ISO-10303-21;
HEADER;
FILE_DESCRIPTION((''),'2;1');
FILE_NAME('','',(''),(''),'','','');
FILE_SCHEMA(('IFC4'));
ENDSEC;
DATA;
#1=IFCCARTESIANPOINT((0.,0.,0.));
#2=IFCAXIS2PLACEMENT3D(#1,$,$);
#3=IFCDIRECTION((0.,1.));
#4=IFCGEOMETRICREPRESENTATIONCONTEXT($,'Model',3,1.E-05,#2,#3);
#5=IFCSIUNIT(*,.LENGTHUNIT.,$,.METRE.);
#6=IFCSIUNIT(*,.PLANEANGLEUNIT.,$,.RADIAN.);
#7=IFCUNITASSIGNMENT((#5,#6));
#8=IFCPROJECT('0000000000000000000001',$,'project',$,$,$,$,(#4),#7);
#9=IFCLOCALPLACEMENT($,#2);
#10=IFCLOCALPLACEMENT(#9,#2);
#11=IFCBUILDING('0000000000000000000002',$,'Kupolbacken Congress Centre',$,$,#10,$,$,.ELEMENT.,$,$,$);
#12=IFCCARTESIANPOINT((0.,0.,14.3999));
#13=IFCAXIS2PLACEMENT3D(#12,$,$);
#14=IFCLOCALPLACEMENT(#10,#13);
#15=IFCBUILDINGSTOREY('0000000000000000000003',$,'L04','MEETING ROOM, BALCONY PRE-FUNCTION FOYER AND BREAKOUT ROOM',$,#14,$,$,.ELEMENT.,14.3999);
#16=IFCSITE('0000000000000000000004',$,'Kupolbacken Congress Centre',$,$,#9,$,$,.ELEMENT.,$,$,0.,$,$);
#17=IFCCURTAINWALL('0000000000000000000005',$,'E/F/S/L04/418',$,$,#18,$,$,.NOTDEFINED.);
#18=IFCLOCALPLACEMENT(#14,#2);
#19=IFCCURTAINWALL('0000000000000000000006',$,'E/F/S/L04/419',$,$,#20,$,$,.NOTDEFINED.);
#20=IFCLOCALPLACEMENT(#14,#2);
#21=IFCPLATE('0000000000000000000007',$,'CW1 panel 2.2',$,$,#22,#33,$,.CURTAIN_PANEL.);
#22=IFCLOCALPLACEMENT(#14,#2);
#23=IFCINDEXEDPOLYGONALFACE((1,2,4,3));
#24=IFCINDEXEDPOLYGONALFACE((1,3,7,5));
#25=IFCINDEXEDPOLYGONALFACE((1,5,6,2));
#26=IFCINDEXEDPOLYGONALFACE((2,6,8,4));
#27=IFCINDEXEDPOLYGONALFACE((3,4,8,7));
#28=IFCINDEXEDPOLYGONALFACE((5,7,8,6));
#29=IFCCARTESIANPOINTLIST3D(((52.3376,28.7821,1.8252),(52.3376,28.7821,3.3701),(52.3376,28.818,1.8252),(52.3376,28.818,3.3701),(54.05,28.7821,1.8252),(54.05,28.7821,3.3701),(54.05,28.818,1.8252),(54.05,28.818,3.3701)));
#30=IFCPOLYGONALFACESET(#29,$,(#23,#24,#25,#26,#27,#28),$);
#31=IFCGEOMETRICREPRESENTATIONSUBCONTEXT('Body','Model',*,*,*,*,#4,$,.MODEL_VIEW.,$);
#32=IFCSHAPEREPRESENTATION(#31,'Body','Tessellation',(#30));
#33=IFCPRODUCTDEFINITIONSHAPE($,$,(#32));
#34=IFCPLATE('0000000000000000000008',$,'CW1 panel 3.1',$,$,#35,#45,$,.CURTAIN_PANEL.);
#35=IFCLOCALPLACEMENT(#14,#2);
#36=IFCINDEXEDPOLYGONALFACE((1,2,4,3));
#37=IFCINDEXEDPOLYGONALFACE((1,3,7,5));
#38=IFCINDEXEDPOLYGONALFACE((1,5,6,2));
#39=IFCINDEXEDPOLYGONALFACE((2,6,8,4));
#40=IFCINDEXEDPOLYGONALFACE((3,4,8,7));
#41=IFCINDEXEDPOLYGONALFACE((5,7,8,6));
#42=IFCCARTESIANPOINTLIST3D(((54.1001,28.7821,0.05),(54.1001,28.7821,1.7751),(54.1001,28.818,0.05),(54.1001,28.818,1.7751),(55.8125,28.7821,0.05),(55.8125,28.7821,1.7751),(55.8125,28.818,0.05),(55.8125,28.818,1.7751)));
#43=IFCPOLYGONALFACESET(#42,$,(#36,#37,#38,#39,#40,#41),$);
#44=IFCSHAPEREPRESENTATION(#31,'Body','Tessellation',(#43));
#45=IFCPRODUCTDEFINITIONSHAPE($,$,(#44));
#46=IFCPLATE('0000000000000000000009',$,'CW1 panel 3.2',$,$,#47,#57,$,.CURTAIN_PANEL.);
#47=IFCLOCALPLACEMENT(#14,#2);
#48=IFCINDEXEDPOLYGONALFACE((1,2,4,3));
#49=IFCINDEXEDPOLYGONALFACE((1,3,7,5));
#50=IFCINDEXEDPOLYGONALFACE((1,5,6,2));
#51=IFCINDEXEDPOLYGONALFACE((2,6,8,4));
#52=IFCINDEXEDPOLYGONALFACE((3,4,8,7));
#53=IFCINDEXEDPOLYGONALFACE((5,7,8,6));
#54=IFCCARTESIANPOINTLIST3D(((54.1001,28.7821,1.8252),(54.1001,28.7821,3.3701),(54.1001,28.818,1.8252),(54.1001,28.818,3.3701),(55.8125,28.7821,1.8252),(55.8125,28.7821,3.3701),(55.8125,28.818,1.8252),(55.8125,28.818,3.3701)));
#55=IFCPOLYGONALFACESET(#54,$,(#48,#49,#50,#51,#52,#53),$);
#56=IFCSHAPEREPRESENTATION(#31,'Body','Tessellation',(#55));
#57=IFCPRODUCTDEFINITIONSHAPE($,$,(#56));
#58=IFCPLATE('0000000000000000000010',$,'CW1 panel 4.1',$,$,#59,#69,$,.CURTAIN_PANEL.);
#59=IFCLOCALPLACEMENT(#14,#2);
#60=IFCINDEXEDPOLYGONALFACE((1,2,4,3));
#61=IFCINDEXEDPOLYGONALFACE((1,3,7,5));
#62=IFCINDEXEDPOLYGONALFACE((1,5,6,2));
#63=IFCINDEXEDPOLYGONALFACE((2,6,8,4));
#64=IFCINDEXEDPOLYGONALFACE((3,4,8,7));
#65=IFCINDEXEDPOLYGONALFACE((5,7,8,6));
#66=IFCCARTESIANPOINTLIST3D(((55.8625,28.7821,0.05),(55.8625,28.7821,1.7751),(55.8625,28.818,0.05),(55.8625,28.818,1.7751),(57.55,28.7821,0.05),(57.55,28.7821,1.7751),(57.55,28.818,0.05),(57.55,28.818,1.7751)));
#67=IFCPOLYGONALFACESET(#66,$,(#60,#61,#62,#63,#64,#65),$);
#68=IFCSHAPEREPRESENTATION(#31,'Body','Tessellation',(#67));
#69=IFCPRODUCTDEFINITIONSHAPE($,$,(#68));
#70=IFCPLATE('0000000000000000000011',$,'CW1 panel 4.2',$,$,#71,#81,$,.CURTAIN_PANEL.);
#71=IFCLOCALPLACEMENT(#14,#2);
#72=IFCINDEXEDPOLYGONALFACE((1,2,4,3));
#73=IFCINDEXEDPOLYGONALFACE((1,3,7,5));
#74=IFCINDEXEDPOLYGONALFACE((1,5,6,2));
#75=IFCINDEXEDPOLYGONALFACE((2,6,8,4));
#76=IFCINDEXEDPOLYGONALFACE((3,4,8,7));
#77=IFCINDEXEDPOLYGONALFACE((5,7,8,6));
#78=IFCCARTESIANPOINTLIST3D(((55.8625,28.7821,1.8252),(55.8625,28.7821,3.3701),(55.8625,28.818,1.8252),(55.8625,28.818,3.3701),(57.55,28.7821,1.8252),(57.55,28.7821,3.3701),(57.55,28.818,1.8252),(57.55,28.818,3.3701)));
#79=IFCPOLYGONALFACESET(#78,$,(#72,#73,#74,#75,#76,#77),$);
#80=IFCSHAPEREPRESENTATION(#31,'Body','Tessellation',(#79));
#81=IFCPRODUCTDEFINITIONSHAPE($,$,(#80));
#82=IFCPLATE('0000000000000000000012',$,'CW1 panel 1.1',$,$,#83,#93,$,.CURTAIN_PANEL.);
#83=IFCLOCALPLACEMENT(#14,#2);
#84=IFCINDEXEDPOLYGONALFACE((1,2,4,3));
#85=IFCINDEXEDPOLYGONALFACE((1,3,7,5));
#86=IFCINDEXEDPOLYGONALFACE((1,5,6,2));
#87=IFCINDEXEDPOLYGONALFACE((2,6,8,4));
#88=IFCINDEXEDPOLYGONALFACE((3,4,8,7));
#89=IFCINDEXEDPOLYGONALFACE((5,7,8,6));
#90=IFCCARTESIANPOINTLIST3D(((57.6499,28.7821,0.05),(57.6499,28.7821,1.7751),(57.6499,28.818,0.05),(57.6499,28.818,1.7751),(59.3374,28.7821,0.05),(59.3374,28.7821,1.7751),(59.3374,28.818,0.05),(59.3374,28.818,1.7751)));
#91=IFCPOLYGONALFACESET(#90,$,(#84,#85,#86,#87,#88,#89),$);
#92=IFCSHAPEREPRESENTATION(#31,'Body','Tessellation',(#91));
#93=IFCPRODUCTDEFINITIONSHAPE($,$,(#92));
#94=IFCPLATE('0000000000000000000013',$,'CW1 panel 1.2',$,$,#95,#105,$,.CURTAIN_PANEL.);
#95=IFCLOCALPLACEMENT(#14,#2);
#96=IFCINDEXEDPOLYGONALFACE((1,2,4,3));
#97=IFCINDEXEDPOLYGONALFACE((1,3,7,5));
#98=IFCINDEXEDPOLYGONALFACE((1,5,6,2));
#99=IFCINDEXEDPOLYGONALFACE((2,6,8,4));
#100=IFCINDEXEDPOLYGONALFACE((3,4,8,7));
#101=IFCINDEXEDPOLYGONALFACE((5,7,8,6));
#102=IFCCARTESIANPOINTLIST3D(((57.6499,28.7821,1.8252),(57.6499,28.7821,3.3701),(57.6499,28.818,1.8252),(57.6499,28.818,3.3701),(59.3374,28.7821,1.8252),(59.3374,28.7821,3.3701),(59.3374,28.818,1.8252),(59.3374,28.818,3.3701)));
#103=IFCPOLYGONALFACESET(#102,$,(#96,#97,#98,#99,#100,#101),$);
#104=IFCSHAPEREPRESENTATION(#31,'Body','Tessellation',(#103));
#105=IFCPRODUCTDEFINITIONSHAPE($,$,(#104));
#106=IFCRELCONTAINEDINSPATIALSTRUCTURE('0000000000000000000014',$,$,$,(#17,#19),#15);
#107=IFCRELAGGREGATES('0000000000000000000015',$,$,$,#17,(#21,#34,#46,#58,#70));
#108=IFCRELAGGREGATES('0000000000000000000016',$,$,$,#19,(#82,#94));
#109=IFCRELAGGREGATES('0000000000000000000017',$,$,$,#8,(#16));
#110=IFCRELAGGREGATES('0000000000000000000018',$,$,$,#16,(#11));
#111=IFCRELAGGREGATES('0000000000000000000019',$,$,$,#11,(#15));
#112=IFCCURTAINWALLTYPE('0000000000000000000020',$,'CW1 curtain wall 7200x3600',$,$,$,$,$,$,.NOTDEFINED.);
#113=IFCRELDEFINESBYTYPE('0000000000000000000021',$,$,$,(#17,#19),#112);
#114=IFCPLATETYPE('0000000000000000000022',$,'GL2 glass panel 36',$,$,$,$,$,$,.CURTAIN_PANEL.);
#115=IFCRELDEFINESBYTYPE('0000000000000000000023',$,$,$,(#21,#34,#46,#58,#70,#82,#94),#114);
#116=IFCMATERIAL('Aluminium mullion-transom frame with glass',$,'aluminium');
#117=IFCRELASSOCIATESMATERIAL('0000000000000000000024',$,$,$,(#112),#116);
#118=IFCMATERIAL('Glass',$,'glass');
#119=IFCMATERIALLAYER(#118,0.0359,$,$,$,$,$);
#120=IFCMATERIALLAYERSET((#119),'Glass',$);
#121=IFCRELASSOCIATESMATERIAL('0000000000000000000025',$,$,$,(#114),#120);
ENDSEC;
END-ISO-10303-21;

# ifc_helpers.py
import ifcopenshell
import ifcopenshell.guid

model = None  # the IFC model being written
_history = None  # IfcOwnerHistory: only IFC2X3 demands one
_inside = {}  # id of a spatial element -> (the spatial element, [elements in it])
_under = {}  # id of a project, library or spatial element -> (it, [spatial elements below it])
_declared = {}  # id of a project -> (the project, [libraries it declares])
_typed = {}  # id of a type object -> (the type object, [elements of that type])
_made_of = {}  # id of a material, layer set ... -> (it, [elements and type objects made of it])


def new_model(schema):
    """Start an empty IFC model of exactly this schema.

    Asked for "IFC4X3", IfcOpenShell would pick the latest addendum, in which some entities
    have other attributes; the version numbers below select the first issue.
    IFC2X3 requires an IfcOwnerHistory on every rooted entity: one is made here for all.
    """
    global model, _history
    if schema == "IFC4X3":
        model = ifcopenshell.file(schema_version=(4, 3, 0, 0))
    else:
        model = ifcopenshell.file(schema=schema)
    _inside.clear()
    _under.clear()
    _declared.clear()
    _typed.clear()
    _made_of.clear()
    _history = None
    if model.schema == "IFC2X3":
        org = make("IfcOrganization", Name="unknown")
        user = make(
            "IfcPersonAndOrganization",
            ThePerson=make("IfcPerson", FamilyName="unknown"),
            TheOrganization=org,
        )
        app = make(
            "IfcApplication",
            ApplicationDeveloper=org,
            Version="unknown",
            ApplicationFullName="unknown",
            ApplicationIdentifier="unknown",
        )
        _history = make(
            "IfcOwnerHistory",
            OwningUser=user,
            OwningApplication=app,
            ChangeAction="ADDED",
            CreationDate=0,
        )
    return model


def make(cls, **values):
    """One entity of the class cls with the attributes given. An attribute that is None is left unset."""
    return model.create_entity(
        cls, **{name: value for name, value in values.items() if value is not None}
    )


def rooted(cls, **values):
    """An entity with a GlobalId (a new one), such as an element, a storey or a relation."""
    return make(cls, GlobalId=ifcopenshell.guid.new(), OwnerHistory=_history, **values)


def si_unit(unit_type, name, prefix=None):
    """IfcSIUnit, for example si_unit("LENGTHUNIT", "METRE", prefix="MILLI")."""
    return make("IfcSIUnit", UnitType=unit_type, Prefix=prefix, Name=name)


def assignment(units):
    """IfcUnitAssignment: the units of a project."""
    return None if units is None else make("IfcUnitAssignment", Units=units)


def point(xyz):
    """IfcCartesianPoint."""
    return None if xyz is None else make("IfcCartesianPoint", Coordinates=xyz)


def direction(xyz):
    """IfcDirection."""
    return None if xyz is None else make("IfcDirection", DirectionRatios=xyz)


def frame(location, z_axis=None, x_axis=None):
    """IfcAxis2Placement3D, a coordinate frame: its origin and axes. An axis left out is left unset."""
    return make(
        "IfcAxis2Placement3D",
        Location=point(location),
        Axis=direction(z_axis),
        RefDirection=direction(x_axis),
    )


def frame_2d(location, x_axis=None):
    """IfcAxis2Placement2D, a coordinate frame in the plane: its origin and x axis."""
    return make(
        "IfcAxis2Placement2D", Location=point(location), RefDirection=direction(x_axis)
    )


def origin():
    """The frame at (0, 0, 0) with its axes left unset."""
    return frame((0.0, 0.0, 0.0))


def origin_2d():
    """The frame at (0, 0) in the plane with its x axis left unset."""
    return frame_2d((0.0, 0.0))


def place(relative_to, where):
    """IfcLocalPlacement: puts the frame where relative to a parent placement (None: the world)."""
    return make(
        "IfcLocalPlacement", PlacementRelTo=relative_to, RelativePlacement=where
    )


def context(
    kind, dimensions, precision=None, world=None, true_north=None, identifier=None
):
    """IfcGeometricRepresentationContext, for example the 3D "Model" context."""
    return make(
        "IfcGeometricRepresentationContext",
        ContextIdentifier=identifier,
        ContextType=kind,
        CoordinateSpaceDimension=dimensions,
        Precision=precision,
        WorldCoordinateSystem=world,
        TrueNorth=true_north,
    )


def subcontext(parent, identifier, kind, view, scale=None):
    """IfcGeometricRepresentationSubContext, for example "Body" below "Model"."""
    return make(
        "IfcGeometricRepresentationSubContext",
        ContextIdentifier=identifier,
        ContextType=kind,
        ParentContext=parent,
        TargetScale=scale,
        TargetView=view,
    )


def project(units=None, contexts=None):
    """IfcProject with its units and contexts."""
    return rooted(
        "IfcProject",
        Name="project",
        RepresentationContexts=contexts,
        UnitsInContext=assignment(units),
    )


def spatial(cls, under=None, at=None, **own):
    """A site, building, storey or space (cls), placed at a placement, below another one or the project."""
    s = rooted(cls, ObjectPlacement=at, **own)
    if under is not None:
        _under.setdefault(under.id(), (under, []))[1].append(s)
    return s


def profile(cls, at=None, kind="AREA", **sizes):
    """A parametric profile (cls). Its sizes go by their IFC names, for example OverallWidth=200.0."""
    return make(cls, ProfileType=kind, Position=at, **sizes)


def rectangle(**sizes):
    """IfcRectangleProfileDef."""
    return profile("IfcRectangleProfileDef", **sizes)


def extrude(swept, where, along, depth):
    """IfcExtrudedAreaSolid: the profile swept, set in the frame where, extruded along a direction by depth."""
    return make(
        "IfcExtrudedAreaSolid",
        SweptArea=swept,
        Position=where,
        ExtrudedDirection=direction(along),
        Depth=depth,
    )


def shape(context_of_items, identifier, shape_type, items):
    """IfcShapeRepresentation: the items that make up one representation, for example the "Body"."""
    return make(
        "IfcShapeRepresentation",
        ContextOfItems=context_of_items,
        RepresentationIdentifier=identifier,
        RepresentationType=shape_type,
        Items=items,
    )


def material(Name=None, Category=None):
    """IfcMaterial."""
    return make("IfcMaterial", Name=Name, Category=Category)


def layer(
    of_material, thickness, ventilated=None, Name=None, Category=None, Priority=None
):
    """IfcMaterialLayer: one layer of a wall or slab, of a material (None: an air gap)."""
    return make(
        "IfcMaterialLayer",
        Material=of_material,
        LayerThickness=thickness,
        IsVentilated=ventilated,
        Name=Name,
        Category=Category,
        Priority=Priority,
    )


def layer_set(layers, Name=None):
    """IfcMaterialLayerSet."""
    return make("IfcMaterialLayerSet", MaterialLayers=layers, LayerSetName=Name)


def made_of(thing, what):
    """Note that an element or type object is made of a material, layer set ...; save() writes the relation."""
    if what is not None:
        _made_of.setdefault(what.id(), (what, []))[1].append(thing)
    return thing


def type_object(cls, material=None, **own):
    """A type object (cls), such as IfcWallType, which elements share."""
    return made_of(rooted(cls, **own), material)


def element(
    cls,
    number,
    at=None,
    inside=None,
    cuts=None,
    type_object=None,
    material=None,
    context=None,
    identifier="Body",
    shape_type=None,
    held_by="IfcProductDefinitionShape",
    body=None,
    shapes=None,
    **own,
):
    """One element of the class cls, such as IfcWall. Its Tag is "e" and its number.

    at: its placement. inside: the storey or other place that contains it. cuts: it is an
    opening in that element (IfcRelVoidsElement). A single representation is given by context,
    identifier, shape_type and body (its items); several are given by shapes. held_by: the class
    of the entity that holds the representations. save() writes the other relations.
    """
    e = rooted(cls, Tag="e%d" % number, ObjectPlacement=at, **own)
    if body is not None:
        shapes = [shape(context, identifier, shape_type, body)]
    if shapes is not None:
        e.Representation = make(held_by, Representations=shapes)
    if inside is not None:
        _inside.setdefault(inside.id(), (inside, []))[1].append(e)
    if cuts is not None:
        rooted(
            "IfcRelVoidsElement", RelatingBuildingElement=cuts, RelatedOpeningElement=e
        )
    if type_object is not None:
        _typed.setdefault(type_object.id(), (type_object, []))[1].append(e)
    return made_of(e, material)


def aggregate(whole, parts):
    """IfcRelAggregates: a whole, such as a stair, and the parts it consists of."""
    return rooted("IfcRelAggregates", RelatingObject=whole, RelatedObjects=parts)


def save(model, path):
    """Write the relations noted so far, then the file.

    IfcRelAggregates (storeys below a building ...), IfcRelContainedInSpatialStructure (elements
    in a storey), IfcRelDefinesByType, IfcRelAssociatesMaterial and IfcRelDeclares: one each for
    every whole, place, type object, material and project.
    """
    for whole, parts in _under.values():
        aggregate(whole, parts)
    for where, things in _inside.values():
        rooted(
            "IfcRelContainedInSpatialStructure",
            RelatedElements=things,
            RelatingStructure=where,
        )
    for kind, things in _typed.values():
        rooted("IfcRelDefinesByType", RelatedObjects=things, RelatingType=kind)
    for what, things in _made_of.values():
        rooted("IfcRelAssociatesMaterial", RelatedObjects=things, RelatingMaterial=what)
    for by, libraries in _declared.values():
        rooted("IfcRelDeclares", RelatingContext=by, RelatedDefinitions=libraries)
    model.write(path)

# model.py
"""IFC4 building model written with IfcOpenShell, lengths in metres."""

from ifc_helpers import new_model, si_unit, direction, frame, origin, origin_2d, place, context, subcontext, project, spatial, rectangle, extrude, material, layer, layer_set, type_object, element, aggregate, save


model = new_model("IFC4")

# Units and contexts
model_context = context("Model", 3, precision=1e-05, world=origin(), true_north=direction((0.0, 1.0)))
body_context = subcontext(model_context, "Body", "Model", "MODEL_VIEW")
ifc_project = project(units=[si_unit("LENGTHUNIT", "METRE"), si_unit("PLANEANGLEUNIT", "RADIAN")], contexts=[model_context])

# Site, building, storey
site_placement = place(None, origin())
site = spatial("IfcSite", under=ifc_project, at=site_placement, Name="Kupolbacken Congress Centre", CompositionType="ELEMENT", RefElevation=0.0)
building_placement = place(site_placement, origin())
building = spatial("IfcBuilding", under=site, at=building_placement, Name="Kupolbacken Congress Centre", CompositionType="ELEMENT")
storey_placement = place(building_placement, frame((0.0, 0.0, 14.3999)))
storey = spatial("IfcBuildingStorey", under=building, at=storey_placement, Name="L04", Description="MEETING ROOM, BALCONY PRE-FUNCTION FOYER AND BREAKOUT ROOM", CompositionType="ELEMENT", Elevation=14.3999)

# Curtain walls
ifc_material_1 = material(Name="Aluminium mullion-transom frame with glass", Category="aluminium")
curtain_wall_type = type_object("IfcCurtainWallType", Name="CW1 curtain wall 7200x3600", PredefinedType="NOTDEFINED", material=ifc_material_1)
curtain_wall_1_placement = place(storey_placement, origin())
curtain_wall_1 = element("IfcCurtainWall", 1, at=curtain_wall_1_placement, inside=storey, type_object=curtain_wall_type, Name="E/F/S/L04/418", PredefinedType="NOTDEFINED")
curtain_wall_2_placement = place(storey_placement, origin())
curtain_wall_2 = element("IfcCurtainWall", 2, at=curtain_wall_2_placement, inside=storey, type_object=curtain_wall_type, Name="E/F/S/L04/419", PredefinedType="NOTDEFINED")

# Plates
ifc_material_2 = material(Name="Glass", Category="glass")
ifc_layer = layer(ifc_material_2, 0.0359)
ifc_layer_set = layer_set([ifc_layer], Name="Glass")
plate_type = type_object("IfcPlateType", Name="GL2 glass panel 36", PredefinedType="CURTAIN_PANEL", material=ifc_layer_set)
plate_1_placement = place(storey_placement, frame((53.1938, 28.8, 1.8252), z_axis=(0.0, 0.0, 1.0), x_axis=(1.0, 0.0, 0.0)))
plate_1 = element("IfcPlate", 3, at=plate_1_placement, type_object=plate_type, Name="CW1 panel 2.2", PredefinedType="CURTAIN_PANEL", context=body_context, shape_type="SweptSolid", body=[
    extrude(rectangle(XDim=1.7124, YDim=0.0359, at=origin_2d()), origin(), (0.0, 0.0, 1.0), 1.5449),
])
plate_2_placement = place(storey_placement, frame((54.9563, 28.8, 0.05), z_axis=(0.0, 0.0, 1.0), x_axis=(1.0, 0.0, 0.0)))
plate_2 = element("IfcPlate", 4, at=plate_2_placement, type_object=plate_type, Name="CW1 panel 3.1", PredefinedType="CURTAIN_PANEL", context=body_context, shape_type="SweptSolid", body=[
    extrude(rectangle(XDim=1.7124, YDim=0.0359, at=origin_2d()), origin(), (0.0, 0.0, 1.0), 1.7251),
])
plate_3_placement = place(storey_placement, frame((54.9563, 28.8, 1.8252), z_axis=(0.0, 0.0, 1.0), x_axis=(1.0, 0.0, 0.0)))
plate_3 = element("IfcPlate", 5, at=plate_3_placement, type_object=plate_type, Name="CW1 panel 3.2", PredefinedType="CURTAIN_PANEL", context=body_context, shape_type="SweptSolid", body=[
    extrude(rectangle(XDim=1.7124, YDim=0.0359, at=origin_2d()), origin(), (0.0, 0.0, 1.0), 1.5449),
])
plate_4_placement = place(storey_placement, frame((56.7063, 28.8, 0.05), z_axis=(0.0, 0.0, 1.0), x_axis=(1.0, 0.0, 0.0)))
plate_4 = element("IfcPlate", 6, at=plate_4_placement, type_object=plate_type, Name="CW1 panel 4.1", PredefinedType="CURTAIN_PANEL", context=body_context, shape_type="SweptSolid", body=[
    extrude(rectangle(XDim=1.6875, YDim=0.0359, at=origin_2d()), origin(), (0.0, 0.0, 1.0), 1.7251),
])
plate_5_placement = place(storey_placement, frame((56.7063, 28.8, 1.8252), z_axis=(0.0, 0.0, 1.0), x_axis=(1.0, 0.0, 0.0)))
plate_5 = element("IfcPlate", 7, at=plate_5_placement, type_object=plate_type, Name="CW1 panel 4.2", PredefinedType="CURTAIN_PANEL", context=body_context, shape_type="SweptSolid", body=[
    extrude(rectangle(XDim=1.6875, YDim=0.0359, at=origin_2d()), origin(), (0.0, 0.0, 1.0), 1.5449),
])
aggregate(curtain_wall_1, [plate_1, plate_2, plate_3, plate_4, plate_5])
plate_6_placement = place(storey_placement, frame((58.4937, 28.8, 0.05), z_axis=(0.0, 0.0, 1.0), x_axis=(1.0, 0.0, 0.0)))
plate_6 = element("IfcPlate", 8, at=plate_6_placement, type_object=plate_type, Name="CW1 panel 1.1", PredefinedType="CURTAIN_PANEL", context=body_context, shape_type="SweptSolid", body=[
    extrude(rectangle(XDim=1.6875, YDim=0.0359, at=origin_2d()), origin(), (0.0, 0.0, 1.0), 1.7251),
])
plate_7_placement = place(storey_placement, frame((58.4937, 28.8, 1.8252), z_axis=(0.0, 0.0, 1.0), x_axis=(1.0, 0.0, 0.0)))
plate_7 = element("IfcPlate", 9, at=plate_7_placement, type_object=plate_type, Name="CW1 panel 1.2", PredefinedType="CURTAIN_PANEL", context=body_context, shape_type="SweptSolid", body=[
    extrude(rectangle(XDim=1.6875, YDim=0.0359, at=origin_2d()), origin(), (0.0, 0.0, 1.0), 1.5449),
])
aggregate(curtain_wall_2, [plate_6, plate_7])

save(model, "model.ifc")
